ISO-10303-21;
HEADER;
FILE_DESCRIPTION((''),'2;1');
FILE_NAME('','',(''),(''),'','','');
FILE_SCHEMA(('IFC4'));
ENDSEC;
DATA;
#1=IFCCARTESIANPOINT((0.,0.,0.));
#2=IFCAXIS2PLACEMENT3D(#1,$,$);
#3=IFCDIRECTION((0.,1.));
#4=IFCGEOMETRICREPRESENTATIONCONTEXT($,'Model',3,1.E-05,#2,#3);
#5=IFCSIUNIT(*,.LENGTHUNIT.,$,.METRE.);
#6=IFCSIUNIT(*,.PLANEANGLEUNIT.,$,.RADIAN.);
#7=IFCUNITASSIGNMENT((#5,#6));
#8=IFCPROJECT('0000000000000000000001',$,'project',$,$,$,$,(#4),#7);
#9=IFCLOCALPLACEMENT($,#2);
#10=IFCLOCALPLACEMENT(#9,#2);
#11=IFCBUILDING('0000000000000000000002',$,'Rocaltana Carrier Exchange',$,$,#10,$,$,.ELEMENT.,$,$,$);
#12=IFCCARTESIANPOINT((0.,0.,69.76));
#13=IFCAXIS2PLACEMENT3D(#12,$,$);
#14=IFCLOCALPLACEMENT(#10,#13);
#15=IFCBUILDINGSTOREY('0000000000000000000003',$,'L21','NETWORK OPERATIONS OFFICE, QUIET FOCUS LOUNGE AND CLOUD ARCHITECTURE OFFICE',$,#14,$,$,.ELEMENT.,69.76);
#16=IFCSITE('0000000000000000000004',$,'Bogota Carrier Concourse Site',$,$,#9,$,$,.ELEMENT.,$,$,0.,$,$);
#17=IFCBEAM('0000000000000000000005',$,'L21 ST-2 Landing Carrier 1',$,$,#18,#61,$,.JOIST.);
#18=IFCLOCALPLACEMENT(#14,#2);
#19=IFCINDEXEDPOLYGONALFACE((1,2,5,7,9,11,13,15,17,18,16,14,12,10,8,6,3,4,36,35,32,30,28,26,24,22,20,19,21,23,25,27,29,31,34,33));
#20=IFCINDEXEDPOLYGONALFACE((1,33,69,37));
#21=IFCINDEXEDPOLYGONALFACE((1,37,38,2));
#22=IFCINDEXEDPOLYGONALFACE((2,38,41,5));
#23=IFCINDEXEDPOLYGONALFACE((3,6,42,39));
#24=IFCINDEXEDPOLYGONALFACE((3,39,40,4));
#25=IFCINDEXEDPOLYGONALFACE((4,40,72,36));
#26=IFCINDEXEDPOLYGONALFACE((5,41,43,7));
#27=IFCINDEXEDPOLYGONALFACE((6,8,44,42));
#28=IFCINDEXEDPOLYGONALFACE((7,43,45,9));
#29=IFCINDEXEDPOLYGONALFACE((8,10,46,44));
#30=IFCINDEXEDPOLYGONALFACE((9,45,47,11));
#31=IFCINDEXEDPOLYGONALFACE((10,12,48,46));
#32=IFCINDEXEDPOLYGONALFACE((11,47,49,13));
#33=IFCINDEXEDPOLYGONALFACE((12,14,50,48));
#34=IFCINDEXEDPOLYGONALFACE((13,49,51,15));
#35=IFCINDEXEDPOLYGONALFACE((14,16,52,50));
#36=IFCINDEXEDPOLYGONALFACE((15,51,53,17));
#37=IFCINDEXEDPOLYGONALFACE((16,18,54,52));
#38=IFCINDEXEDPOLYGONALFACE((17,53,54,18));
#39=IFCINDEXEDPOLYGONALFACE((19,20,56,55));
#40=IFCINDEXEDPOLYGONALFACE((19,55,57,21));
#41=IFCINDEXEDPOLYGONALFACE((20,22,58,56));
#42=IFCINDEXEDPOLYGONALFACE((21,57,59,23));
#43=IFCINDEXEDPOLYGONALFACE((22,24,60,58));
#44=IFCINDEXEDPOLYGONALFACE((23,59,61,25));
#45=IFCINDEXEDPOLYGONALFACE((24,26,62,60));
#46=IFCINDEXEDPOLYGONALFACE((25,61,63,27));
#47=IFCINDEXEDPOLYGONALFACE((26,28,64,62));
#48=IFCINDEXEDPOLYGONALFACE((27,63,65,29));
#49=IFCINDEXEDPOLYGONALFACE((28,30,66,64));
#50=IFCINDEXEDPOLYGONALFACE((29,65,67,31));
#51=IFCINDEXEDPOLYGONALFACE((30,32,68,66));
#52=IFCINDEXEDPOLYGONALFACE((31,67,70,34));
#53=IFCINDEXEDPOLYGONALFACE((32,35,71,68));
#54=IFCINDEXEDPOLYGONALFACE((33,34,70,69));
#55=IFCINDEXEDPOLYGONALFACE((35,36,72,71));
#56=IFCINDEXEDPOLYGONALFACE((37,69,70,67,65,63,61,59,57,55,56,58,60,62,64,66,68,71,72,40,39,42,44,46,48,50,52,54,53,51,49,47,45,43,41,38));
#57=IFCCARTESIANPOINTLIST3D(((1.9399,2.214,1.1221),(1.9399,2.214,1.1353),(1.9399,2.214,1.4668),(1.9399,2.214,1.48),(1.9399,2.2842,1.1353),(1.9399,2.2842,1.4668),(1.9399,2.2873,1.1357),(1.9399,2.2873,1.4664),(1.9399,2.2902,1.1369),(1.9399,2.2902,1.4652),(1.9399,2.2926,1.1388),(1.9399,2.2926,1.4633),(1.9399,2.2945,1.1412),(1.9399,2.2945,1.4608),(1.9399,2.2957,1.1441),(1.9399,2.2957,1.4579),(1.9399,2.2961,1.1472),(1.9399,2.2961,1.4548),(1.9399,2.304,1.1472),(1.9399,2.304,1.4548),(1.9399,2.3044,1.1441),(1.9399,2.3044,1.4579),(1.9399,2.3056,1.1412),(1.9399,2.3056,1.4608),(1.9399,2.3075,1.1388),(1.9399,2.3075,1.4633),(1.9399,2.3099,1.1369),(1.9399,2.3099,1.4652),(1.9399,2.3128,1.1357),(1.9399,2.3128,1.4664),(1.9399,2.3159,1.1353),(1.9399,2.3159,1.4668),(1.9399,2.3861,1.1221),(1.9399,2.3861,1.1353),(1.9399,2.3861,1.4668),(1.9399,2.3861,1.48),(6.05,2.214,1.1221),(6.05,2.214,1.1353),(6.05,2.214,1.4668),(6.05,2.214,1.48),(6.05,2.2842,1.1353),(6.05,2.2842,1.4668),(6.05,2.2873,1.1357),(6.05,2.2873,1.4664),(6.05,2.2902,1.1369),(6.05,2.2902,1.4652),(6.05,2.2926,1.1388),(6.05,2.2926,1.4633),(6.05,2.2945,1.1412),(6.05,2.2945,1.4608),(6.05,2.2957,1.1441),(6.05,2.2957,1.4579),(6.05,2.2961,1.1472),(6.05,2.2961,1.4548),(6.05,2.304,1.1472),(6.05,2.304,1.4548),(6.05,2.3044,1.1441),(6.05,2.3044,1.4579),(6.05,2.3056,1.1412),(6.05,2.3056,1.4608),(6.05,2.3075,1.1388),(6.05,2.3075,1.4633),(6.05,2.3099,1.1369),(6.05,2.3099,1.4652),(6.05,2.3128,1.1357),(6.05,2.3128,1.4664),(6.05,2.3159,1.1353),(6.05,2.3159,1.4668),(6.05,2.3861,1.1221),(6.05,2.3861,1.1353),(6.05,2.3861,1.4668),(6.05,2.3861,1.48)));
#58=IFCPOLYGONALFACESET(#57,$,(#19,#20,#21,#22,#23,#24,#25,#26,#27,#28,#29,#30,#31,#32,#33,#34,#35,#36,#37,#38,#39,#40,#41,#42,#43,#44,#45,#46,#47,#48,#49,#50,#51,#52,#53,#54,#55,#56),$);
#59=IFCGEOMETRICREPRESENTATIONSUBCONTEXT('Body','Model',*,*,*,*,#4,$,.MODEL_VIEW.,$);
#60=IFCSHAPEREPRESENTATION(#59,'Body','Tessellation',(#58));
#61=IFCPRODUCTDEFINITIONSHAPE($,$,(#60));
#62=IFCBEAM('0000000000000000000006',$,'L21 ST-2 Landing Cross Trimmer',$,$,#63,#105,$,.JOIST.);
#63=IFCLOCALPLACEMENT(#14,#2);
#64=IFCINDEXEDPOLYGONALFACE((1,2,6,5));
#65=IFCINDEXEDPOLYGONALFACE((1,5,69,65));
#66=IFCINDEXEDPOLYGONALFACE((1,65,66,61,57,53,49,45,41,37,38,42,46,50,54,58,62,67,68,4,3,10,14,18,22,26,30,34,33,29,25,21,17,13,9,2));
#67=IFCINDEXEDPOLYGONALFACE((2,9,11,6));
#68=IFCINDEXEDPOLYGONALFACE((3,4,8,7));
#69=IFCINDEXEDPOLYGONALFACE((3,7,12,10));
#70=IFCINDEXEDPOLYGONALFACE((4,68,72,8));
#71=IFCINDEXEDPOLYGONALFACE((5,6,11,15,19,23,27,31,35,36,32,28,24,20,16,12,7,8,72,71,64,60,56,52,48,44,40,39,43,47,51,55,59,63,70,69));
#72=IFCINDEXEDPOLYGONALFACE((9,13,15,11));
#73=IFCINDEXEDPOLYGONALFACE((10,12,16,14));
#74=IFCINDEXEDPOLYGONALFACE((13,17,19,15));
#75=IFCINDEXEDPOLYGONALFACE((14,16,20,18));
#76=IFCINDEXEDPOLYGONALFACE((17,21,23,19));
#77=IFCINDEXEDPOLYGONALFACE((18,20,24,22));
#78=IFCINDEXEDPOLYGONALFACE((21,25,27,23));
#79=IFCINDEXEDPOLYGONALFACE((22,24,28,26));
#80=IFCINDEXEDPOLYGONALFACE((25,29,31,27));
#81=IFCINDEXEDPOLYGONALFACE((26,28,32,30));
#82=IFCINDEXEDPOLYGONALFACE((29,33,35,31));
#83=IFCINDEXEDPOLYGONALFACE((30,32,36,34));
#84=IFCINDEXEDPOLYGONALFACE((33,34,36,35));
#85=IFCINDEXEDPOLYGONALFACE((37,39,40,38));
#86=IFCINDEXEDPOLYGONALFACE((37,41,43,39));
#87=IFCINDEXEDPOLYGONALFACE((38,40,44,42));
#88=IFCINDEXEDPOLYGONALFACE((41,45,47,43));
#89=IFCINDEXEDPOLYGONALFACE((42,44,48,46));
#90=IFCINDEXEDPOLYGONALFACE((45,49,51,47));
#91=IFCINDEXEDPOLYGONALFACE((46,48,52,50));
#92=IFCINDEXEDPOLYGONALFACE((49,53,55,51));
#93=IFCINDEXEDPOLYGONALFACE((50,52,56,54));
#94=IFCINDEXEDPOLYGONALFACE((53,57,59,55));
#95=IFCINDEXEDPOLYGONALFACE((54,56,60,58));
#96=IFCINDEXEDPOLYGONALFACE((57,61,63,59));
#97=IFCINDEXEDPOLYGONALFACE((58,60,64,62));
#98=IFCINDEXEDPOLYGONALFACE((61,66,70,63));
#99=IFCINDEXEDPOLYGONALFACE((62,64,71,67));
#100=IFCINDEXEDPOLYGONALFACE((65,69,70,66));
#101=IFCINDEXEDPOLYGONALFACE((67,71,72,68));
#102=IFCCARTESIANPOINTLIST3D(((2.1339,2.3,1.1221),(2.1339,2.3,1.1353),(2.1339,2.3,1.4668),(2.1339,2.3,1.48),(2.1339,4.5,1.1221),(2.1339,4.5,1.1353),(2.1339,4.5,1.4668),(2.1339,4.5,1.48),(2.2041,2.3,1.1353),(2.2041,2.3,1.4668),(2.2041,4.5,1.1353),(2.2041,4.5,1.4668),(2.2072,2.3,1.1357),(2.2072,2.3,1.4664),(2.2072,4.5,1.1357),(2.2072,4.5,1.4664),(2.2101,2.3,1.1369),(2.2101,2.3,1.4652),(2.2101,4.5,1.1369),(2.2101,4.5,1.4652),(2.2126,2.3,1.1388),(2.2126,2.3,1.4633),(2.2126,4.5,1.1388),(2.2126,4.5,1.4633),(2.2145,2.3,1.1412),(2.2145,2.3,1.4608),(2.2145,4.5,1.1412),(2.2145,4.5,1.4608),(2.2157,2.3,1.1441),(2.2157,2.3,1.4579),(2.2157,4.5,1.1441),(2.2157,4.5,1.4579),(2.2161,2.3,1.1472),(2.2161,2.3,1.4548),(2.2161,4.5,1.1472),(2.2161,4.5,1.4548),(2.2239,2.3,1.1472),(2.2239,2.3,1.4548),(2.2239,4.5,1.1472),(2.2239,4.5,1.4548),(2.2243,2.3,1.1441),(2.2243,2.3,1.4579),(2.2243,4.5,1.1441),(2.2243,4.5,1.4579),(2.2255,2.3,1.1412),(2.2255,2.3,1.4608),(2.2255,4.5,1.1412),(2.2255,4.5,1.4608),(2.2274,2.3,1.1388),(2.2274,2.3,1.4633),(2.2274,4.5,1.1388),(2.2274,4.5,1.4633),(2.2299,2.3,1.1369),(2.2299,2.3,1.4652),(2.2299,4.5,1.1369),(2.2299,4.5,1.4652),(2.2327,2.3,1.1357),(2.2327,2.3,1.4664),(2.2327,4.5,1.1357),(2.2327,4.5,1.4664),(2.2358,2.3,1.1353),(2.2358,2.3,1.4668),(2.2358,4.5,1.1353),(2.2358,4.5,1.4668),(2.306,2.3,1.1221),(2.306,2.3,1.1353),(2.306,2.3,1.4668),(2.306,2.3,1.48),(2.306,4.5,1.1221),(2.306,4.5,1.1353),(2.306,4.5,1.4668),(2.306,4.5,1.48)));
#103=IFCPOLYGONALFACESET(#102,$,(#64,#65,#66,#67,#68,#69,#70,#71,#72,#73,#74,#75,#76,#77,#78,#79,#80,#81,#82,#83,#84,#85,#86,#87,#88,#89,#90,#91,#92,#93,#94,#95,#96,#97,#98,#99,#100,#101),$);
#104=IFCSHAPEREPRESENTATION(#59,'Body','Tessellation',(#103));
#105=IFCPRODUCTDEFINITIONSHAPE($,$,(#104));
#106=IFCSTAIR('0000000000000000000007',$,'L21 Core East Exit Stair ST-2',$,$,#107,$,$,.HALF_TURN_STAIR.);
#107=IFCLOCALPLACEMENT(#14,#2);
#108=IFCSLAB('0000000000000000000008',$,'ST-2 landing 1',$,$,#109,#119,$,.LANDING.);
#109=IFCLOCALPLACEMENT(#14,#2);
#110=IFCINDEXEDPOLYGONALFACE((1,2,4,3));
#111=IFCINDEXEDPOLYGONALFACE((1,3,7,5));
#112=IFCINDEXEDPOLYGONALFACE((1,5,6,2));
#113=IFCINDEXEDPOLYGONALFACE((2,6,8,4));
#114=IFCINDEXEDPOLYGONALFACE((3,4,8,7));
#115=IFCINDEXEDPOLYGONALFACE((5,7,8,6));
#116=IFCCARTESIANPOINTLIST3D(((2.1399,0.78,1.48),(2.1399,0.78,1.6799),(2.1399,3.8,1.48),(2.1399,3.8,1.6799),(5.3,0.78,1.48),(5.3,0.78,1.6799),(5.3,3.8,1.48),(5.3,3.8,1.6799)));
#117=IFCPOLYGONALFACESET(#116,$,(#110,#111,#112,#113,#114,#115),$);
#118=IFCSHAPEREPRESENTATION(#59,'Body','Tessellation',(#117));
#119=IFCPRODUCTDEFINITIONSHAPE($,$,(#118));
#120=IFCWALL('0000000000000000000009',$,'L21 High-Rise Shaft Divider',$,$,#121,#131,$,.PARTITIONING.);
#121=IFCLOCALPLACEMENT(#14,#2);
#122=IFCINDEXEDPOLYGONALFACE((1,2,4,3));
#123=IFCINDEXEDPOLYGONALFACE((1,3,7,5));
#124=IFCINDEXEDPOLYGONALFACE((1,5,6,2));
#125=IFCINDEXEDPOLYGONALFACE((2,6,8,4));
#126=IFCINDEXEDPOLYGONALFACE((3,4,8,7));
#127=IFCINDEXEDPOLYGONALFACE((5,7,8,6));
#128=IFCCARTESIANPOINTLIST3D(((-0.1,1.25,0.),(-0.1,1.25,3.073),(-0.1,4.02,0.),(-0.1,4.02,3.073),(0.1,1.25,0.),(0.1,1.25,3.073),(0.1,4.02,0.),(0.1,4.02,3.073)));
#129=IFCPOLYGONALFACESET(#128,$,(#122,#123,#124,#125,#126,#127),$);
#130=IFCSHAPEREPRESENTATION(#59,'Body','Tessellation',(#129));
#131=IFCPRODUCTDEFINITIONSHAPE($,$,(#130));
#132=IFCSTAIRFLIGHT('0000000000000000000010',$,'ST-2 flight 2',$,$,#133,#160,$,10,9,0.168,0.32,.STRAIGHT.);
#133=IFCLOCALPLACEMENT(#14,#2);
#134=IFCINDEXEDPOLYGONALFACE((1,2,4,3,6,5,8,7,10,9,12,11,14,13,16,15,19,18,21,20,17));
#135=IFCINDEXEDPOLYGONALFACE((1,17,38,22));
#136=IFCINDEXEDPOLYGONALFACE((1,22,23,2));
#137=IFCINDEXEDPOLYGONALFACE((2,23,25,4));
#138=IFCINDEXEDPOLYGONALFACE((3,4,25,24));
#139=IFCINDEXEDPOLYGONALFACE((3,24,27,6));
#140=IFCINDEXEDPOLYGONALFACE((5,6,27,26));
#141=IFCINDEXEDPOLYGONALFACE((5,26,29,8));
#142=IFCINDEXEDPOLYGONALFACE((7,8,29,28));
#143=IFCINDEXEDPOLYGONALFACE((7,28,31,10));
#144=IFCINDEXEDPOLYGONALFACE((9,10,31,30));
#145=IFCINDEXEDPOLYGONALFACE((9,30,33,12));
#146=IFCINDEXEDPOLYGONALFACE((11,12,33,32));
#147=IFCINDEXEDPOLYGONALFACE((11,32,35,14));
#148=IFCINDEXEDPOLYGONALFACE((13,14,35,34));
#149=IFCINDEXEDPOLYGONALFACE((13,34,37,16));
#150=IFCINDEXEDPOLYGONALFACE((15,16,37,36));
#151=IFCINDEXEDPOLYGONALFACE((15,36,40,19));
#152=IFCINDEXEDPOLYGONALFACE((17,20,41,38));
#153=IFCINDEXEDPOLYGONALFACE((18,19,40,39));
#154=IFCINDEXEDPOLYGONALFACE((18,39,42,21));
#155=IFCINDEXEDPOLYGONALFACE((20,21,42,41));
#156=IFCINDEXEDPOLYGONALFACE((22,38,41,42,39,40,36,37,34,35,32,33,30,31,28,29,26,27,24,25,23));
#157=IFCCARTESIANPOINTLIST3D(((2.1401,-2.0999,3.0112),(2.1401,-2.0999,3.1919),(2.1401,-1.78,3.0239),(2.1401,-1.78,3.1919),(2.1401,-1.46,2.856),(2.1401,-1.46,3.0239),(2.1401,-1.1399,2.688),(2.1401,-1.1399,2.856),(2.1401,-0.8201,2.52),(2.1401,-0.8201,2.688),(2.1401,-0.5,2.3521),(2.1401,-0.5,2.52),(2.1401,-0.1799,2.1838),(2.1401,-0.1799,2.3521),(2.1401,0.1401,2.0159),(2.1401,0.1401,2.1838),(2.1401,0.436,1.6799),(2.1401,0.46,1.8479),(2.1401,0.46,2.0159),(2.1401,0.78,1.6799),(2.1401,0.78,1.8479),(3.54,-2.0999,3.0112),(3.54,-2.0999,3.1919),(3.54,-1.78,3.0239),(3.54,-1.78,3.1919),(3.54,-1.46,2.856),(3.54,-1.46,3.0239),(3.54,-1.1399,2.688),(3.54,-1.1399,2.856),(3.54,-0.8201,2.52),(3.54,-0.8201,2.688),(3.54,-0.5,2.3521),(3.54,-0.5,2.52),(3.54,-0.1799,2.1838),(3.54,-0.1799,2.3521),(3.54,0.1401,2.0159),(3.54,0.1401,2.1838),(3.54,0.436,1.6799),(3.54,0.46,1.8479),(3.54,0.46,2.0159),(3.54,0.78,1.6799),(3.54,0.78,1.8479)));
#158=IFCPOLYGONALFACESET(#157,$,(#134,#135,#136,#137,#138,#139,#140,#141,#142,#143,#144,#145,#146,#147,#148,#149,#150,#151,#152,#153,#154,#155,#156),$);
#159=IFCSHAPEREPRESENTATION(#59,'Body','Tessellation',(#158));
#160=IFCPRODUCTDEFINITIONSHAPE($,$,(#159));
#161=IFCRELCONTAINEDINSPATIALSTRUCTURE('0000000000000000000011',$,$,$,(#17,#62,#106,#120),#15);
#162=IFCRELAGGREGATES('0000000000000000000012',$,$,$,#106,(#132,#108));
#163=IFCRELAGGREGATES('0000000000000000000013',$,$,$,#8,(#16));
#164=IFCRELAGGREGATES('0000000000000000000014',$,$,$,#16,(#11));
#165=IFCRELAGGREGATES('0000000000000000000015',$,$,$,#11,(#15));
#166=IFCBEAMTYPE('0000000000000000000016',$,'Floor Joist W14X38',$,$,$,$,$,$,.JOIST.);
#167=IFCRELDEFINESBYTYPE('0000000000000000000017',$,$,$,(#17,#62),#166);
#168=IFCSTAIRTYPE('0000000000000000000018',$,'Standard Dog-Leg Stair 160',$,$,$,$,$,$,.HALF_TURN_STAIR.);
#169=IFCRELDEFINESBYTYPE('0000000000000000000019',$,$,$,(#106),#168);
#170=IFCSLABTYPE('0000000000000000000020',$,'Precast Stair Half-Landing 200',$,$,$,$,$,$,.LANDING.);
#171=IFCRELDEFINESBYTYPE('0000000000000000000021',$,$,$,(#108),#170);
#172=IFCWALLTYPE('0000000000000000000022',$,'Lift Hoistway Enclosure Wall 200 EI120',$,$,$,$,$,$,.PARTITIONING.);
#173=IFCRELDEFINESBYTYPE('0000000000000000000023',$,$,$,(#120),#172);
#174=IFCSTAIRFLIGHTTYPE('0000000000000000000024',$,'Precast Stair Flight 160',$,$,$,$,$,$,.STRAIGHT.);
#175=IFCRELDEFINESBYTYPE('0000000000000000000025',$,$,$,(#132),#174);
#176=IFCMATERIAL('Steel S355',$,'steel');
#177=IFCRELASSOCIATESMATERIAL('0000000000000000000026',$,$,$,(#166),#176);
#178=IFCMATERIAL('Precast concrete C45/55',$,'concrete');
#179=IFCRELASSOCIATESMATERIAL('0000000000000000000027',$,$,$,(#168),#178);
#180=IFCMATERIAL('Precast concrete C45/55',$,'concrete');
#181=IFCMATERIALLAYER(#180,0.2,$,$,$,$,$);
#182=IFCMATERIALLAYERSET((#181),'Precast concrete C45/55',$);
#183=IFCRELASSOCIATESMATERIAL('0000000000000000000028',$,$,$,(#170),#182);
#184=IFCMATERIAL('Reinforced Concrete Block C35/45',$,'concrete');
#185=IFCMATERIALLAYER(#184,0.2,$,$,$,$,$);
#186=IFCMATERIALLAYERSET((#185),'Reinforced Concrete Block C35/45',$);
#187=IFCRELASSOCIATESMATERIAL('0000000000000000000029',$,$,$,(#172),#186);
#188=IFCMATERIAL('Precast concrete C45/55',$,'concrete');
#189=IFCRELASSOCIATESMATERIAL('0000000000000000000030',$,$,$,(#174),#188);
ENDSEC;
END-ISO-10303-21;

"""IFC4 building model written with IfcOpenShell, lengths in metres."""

from ifc_helpers import new_model, si_unit, direction, frame, frame_2d, origin, origin_2d, place, context, subcontext, project, spatial, polyline, rectangle, i_section, outline, extrude, material, layer, layer_set, material_profile, profile_set, type_object, element, aggregate, save


model = new_model("IFC4")

# Units and contexts
model_context = context("Model", 3, precision=1e-05, world=origin(), true_north=direction((0.0, 1.0)))
body_context = subcontext(model_context, "Body", "Model", "MODEL_VIEW")
ifc_project = project(units=[si_unit("LENGTHUNIT", "METRE"), si_unit("PLANEANGLEUNIT", "RADIAN")], contexts=[model_context])

# Site, building, storey
site_placement = place(None, origin())
site = spatial("IfcSite", under=ifc_project, at=site_placement, Name="Bogota Carrier Concourse Site", CompositionType="ELEMENT", RefElevation=0.0)
building_placement = place(site_placement, origin())
building = spatial("IfcBuilding", under=site, at=building_placement, Name="Rocaltana Carrier Exchange", CompositionType="ELEMENT")
storey_placement = place(building_placement, frame((0.0, 0.0, 69.76)))
storey = spatial("IfcBuildingStorey", under=building, at=storey_placement, Name="L21", Description="NETWORK OPERATIONS OFFICE, QUIET FOCUS LOUNGE AND CLOUD ARCHITECTURE OFFICE", CompositionType="ELEMENT", Elevation=69.76)

# Beams
ifc_material_1 = material(Name="Steel S355", Category="steel")
ifc_material_profile = material_profile(ifc_material_1, i_section(OverallWidth=0.1721, OverallDepth=0.3579, WebThickness=0.0078, FlangeThickness=0.0132, FilletRadius=0.012, at=origin_2d()), Name="W14X38")
ifc_profile_set = profile_set([ifc_material_profile], Name="Steel S355")
beam_type = type_object("IfcBeamType", Name="Floor Joist W14X38", PredefinedType="JOIST", material=ifc_profile_set)
beam_1_placement = place(storey_placement, frame((1.9399, 2.3, 1.301), z_axis=(1.0, 0.0, 0.0), x_axis=(0.0, 1.0, 0.0)))
element("IfcBeam", 1, at=beam_1_placement, inside=storey, type_object=beam_type, Name="L21 ST-2 Landing Carrier 1", PredefinedType="JOIST", context=body_context, shape_type="SweptSolid", body=[
    extrude(i_section(OverallWidth=0.1721, OverallDepth=0.3579, WebThickness=0.0078, FlangeThickness=0.0132, FilletRadius=0.012, at=origin_2d()), origin(), (0.0, 0.0, 1.0), 4.1101),
])
beam_2_placement = place(storey_placement, frame((2.22, 2.3, 1.301), z_axis=(0.0, 1.0, 0.0), x_axis=(-1.0, 0.0, 0.0)))
element("IfcBeam", 2, at=beam_2_placement, inside=storey, type_object=beam_type, Name="L21 ST-2 Landing Cross Trimmer", PredefinedType="JOIST", context=body_context, shape_type="SweptSolid", body=[
    extrude(i_section(OverallWidth=0.1721, OverallDepth=0.3579, WebThickness=0.0078, FlangeThickness=0.0132, FilletRadius=0.012, at=origin_2d()), origin(), (0.0, 0.0, 1.0), 2.2),
])

# Stair, slab
ifc_material_2 = material(Name="Precast concrete C45/55", Category="concrete")
stair_type = type_object("IfcStairType", Name="Standard Dog-Leg Stair 160", PredefinedType="HALF_TURN_STAIR", material=ifc_material_2)
stair_placement = place(storey_placement, origin())
stair = element("IfcStair", 3, at=stair_placement, inside=storey, type_object=stair_type, Name="L21 Core East Exit Stair ST-2", PredefinedType="HALF_TURN_STAIR")
ifc_material_3 = material(Name="Precast concrete C45/55", Category="concrete")
ifc_layer_1 = layer(ifc_material_3, 0.2)
ifc_layer_set_1 = layer_set([ifc_layer_1], Name="Precast concrete C45/55")
slab_type = type_object("IfcSlabType", Name="Precast Stair Half-Landing 200", PredefinedType="LANDING", material=ifc_layer_set_1)
slab_placement = place(storey_placement, frame((0.0, 0.0, 1.48)))
slab = element("IfcSlab", 4, at=slab_placement, type_object=slab_type, Name="ST-2 landing 1", PredefinedType="LANDING", context=body_context, shape_type="SweptSolid", body=[
    extrude(outline(polyline([(5.3, 0.78), (5.3, 3.8), (2.1399, 3.8), (2.1399, 0.78), (5.3, 0.78)])), origin(), (0.0, 0.0, 1.0), 0.2),
])

# Wall
ifc_material_4 = material(Name="Reinforced Concrete Block C35/45", Category="concrete")
ifc_layer_2 = layer(ifc_material_4, 0.2)
ifc_layer_set_2 = layer_set([ifc_layer_2], Name="Reinforced Concrete Block C35/45")
wall_type = type_object("IfcWallType", Name="Lift Hoistway Enclosure Wall 200 EI120", PredefinedType="PARTITIONING", material=ifc_layer_set_2)
wall_placement = place(storey_placement, frame((0.0, 1.25, 0.0), z_axis=(0.0, 0.0, 1.0), x_axis=(0.0, 1.0, 0.0)))
element("IfcWall", 5, at=wall_placement, inside=storey, type_object=wall_type, Name="L21 High-Rise Shaft Divider", PredefinedType="PARTITIONING", context=body_context, shape_type="SweptSolid", body=[
    extrude(rectangle(XDim=2.77, YDim=0.2, at=frame_2d((1.385, 0.0))), origin(), (0.0, 0.0, 1.0), 3.073),
])

# Stair flight
ifc_material_5 = material(Name="Precast concrete C45/55", Category="concrete")
stair_flight_type = type_object("IfcStairFlightType", Name="Precast Stair Flight 160", PredefinedType="STRAIGHT", material=ifc_material_5)
stair_flight_placement = place(storey_placement, frame((2.8401, 0.78, 1.6799), z_axis=(0.0, 0.0, 1.0), x_axis=(0.0, -1.0, 0.0)))
stair_flight = element("IfcStairFlight", 6, at=stair_flight_placement, type_object=stair_flight_type, Name="ST-2 flight 2", NumberOfRisers=10, NumberOfTreads=9, PredefinedType="STRAIGHT", RiserHeight=0.168, TreadLength=0.32, context=body_context, shape_type="SweptSolid", body=[
    extrude(outline(polyline([(0.0, 0.0), (0.0, 0.168), (0.3201, 0.168), (0.3201, 0.3359), (0.6399, 0.3359), (0.6399, 0.5039), (0.96, 0.5039), (0.96, 0.6721), (1.28, 0.6721), (1.28, 0.8401), (1.6001, 0.8401), (1.6001, 1.0081), (1.9199, 1.0081), (1.9199, 1.176), (2.24, 1.176), (2.24, 1.344), (2.5601, 1.344), (2.5601, 1.512), (2.8799, 1.512), (2.8799, 1.6799), (2.8799, 1.3313), (0.344, 0.0), (0.0, 0.0)])), frame((0.0, 0.7, 0.0), z_axis=(0.0, -1.0, 0.0), x_axis=(1.0, 0.0, 0.0)), (0.0, 0.0, 1.0), 1.3999),
])
aggregate(stair, [stair_flight, slab])

save(model, "model.ifc")
